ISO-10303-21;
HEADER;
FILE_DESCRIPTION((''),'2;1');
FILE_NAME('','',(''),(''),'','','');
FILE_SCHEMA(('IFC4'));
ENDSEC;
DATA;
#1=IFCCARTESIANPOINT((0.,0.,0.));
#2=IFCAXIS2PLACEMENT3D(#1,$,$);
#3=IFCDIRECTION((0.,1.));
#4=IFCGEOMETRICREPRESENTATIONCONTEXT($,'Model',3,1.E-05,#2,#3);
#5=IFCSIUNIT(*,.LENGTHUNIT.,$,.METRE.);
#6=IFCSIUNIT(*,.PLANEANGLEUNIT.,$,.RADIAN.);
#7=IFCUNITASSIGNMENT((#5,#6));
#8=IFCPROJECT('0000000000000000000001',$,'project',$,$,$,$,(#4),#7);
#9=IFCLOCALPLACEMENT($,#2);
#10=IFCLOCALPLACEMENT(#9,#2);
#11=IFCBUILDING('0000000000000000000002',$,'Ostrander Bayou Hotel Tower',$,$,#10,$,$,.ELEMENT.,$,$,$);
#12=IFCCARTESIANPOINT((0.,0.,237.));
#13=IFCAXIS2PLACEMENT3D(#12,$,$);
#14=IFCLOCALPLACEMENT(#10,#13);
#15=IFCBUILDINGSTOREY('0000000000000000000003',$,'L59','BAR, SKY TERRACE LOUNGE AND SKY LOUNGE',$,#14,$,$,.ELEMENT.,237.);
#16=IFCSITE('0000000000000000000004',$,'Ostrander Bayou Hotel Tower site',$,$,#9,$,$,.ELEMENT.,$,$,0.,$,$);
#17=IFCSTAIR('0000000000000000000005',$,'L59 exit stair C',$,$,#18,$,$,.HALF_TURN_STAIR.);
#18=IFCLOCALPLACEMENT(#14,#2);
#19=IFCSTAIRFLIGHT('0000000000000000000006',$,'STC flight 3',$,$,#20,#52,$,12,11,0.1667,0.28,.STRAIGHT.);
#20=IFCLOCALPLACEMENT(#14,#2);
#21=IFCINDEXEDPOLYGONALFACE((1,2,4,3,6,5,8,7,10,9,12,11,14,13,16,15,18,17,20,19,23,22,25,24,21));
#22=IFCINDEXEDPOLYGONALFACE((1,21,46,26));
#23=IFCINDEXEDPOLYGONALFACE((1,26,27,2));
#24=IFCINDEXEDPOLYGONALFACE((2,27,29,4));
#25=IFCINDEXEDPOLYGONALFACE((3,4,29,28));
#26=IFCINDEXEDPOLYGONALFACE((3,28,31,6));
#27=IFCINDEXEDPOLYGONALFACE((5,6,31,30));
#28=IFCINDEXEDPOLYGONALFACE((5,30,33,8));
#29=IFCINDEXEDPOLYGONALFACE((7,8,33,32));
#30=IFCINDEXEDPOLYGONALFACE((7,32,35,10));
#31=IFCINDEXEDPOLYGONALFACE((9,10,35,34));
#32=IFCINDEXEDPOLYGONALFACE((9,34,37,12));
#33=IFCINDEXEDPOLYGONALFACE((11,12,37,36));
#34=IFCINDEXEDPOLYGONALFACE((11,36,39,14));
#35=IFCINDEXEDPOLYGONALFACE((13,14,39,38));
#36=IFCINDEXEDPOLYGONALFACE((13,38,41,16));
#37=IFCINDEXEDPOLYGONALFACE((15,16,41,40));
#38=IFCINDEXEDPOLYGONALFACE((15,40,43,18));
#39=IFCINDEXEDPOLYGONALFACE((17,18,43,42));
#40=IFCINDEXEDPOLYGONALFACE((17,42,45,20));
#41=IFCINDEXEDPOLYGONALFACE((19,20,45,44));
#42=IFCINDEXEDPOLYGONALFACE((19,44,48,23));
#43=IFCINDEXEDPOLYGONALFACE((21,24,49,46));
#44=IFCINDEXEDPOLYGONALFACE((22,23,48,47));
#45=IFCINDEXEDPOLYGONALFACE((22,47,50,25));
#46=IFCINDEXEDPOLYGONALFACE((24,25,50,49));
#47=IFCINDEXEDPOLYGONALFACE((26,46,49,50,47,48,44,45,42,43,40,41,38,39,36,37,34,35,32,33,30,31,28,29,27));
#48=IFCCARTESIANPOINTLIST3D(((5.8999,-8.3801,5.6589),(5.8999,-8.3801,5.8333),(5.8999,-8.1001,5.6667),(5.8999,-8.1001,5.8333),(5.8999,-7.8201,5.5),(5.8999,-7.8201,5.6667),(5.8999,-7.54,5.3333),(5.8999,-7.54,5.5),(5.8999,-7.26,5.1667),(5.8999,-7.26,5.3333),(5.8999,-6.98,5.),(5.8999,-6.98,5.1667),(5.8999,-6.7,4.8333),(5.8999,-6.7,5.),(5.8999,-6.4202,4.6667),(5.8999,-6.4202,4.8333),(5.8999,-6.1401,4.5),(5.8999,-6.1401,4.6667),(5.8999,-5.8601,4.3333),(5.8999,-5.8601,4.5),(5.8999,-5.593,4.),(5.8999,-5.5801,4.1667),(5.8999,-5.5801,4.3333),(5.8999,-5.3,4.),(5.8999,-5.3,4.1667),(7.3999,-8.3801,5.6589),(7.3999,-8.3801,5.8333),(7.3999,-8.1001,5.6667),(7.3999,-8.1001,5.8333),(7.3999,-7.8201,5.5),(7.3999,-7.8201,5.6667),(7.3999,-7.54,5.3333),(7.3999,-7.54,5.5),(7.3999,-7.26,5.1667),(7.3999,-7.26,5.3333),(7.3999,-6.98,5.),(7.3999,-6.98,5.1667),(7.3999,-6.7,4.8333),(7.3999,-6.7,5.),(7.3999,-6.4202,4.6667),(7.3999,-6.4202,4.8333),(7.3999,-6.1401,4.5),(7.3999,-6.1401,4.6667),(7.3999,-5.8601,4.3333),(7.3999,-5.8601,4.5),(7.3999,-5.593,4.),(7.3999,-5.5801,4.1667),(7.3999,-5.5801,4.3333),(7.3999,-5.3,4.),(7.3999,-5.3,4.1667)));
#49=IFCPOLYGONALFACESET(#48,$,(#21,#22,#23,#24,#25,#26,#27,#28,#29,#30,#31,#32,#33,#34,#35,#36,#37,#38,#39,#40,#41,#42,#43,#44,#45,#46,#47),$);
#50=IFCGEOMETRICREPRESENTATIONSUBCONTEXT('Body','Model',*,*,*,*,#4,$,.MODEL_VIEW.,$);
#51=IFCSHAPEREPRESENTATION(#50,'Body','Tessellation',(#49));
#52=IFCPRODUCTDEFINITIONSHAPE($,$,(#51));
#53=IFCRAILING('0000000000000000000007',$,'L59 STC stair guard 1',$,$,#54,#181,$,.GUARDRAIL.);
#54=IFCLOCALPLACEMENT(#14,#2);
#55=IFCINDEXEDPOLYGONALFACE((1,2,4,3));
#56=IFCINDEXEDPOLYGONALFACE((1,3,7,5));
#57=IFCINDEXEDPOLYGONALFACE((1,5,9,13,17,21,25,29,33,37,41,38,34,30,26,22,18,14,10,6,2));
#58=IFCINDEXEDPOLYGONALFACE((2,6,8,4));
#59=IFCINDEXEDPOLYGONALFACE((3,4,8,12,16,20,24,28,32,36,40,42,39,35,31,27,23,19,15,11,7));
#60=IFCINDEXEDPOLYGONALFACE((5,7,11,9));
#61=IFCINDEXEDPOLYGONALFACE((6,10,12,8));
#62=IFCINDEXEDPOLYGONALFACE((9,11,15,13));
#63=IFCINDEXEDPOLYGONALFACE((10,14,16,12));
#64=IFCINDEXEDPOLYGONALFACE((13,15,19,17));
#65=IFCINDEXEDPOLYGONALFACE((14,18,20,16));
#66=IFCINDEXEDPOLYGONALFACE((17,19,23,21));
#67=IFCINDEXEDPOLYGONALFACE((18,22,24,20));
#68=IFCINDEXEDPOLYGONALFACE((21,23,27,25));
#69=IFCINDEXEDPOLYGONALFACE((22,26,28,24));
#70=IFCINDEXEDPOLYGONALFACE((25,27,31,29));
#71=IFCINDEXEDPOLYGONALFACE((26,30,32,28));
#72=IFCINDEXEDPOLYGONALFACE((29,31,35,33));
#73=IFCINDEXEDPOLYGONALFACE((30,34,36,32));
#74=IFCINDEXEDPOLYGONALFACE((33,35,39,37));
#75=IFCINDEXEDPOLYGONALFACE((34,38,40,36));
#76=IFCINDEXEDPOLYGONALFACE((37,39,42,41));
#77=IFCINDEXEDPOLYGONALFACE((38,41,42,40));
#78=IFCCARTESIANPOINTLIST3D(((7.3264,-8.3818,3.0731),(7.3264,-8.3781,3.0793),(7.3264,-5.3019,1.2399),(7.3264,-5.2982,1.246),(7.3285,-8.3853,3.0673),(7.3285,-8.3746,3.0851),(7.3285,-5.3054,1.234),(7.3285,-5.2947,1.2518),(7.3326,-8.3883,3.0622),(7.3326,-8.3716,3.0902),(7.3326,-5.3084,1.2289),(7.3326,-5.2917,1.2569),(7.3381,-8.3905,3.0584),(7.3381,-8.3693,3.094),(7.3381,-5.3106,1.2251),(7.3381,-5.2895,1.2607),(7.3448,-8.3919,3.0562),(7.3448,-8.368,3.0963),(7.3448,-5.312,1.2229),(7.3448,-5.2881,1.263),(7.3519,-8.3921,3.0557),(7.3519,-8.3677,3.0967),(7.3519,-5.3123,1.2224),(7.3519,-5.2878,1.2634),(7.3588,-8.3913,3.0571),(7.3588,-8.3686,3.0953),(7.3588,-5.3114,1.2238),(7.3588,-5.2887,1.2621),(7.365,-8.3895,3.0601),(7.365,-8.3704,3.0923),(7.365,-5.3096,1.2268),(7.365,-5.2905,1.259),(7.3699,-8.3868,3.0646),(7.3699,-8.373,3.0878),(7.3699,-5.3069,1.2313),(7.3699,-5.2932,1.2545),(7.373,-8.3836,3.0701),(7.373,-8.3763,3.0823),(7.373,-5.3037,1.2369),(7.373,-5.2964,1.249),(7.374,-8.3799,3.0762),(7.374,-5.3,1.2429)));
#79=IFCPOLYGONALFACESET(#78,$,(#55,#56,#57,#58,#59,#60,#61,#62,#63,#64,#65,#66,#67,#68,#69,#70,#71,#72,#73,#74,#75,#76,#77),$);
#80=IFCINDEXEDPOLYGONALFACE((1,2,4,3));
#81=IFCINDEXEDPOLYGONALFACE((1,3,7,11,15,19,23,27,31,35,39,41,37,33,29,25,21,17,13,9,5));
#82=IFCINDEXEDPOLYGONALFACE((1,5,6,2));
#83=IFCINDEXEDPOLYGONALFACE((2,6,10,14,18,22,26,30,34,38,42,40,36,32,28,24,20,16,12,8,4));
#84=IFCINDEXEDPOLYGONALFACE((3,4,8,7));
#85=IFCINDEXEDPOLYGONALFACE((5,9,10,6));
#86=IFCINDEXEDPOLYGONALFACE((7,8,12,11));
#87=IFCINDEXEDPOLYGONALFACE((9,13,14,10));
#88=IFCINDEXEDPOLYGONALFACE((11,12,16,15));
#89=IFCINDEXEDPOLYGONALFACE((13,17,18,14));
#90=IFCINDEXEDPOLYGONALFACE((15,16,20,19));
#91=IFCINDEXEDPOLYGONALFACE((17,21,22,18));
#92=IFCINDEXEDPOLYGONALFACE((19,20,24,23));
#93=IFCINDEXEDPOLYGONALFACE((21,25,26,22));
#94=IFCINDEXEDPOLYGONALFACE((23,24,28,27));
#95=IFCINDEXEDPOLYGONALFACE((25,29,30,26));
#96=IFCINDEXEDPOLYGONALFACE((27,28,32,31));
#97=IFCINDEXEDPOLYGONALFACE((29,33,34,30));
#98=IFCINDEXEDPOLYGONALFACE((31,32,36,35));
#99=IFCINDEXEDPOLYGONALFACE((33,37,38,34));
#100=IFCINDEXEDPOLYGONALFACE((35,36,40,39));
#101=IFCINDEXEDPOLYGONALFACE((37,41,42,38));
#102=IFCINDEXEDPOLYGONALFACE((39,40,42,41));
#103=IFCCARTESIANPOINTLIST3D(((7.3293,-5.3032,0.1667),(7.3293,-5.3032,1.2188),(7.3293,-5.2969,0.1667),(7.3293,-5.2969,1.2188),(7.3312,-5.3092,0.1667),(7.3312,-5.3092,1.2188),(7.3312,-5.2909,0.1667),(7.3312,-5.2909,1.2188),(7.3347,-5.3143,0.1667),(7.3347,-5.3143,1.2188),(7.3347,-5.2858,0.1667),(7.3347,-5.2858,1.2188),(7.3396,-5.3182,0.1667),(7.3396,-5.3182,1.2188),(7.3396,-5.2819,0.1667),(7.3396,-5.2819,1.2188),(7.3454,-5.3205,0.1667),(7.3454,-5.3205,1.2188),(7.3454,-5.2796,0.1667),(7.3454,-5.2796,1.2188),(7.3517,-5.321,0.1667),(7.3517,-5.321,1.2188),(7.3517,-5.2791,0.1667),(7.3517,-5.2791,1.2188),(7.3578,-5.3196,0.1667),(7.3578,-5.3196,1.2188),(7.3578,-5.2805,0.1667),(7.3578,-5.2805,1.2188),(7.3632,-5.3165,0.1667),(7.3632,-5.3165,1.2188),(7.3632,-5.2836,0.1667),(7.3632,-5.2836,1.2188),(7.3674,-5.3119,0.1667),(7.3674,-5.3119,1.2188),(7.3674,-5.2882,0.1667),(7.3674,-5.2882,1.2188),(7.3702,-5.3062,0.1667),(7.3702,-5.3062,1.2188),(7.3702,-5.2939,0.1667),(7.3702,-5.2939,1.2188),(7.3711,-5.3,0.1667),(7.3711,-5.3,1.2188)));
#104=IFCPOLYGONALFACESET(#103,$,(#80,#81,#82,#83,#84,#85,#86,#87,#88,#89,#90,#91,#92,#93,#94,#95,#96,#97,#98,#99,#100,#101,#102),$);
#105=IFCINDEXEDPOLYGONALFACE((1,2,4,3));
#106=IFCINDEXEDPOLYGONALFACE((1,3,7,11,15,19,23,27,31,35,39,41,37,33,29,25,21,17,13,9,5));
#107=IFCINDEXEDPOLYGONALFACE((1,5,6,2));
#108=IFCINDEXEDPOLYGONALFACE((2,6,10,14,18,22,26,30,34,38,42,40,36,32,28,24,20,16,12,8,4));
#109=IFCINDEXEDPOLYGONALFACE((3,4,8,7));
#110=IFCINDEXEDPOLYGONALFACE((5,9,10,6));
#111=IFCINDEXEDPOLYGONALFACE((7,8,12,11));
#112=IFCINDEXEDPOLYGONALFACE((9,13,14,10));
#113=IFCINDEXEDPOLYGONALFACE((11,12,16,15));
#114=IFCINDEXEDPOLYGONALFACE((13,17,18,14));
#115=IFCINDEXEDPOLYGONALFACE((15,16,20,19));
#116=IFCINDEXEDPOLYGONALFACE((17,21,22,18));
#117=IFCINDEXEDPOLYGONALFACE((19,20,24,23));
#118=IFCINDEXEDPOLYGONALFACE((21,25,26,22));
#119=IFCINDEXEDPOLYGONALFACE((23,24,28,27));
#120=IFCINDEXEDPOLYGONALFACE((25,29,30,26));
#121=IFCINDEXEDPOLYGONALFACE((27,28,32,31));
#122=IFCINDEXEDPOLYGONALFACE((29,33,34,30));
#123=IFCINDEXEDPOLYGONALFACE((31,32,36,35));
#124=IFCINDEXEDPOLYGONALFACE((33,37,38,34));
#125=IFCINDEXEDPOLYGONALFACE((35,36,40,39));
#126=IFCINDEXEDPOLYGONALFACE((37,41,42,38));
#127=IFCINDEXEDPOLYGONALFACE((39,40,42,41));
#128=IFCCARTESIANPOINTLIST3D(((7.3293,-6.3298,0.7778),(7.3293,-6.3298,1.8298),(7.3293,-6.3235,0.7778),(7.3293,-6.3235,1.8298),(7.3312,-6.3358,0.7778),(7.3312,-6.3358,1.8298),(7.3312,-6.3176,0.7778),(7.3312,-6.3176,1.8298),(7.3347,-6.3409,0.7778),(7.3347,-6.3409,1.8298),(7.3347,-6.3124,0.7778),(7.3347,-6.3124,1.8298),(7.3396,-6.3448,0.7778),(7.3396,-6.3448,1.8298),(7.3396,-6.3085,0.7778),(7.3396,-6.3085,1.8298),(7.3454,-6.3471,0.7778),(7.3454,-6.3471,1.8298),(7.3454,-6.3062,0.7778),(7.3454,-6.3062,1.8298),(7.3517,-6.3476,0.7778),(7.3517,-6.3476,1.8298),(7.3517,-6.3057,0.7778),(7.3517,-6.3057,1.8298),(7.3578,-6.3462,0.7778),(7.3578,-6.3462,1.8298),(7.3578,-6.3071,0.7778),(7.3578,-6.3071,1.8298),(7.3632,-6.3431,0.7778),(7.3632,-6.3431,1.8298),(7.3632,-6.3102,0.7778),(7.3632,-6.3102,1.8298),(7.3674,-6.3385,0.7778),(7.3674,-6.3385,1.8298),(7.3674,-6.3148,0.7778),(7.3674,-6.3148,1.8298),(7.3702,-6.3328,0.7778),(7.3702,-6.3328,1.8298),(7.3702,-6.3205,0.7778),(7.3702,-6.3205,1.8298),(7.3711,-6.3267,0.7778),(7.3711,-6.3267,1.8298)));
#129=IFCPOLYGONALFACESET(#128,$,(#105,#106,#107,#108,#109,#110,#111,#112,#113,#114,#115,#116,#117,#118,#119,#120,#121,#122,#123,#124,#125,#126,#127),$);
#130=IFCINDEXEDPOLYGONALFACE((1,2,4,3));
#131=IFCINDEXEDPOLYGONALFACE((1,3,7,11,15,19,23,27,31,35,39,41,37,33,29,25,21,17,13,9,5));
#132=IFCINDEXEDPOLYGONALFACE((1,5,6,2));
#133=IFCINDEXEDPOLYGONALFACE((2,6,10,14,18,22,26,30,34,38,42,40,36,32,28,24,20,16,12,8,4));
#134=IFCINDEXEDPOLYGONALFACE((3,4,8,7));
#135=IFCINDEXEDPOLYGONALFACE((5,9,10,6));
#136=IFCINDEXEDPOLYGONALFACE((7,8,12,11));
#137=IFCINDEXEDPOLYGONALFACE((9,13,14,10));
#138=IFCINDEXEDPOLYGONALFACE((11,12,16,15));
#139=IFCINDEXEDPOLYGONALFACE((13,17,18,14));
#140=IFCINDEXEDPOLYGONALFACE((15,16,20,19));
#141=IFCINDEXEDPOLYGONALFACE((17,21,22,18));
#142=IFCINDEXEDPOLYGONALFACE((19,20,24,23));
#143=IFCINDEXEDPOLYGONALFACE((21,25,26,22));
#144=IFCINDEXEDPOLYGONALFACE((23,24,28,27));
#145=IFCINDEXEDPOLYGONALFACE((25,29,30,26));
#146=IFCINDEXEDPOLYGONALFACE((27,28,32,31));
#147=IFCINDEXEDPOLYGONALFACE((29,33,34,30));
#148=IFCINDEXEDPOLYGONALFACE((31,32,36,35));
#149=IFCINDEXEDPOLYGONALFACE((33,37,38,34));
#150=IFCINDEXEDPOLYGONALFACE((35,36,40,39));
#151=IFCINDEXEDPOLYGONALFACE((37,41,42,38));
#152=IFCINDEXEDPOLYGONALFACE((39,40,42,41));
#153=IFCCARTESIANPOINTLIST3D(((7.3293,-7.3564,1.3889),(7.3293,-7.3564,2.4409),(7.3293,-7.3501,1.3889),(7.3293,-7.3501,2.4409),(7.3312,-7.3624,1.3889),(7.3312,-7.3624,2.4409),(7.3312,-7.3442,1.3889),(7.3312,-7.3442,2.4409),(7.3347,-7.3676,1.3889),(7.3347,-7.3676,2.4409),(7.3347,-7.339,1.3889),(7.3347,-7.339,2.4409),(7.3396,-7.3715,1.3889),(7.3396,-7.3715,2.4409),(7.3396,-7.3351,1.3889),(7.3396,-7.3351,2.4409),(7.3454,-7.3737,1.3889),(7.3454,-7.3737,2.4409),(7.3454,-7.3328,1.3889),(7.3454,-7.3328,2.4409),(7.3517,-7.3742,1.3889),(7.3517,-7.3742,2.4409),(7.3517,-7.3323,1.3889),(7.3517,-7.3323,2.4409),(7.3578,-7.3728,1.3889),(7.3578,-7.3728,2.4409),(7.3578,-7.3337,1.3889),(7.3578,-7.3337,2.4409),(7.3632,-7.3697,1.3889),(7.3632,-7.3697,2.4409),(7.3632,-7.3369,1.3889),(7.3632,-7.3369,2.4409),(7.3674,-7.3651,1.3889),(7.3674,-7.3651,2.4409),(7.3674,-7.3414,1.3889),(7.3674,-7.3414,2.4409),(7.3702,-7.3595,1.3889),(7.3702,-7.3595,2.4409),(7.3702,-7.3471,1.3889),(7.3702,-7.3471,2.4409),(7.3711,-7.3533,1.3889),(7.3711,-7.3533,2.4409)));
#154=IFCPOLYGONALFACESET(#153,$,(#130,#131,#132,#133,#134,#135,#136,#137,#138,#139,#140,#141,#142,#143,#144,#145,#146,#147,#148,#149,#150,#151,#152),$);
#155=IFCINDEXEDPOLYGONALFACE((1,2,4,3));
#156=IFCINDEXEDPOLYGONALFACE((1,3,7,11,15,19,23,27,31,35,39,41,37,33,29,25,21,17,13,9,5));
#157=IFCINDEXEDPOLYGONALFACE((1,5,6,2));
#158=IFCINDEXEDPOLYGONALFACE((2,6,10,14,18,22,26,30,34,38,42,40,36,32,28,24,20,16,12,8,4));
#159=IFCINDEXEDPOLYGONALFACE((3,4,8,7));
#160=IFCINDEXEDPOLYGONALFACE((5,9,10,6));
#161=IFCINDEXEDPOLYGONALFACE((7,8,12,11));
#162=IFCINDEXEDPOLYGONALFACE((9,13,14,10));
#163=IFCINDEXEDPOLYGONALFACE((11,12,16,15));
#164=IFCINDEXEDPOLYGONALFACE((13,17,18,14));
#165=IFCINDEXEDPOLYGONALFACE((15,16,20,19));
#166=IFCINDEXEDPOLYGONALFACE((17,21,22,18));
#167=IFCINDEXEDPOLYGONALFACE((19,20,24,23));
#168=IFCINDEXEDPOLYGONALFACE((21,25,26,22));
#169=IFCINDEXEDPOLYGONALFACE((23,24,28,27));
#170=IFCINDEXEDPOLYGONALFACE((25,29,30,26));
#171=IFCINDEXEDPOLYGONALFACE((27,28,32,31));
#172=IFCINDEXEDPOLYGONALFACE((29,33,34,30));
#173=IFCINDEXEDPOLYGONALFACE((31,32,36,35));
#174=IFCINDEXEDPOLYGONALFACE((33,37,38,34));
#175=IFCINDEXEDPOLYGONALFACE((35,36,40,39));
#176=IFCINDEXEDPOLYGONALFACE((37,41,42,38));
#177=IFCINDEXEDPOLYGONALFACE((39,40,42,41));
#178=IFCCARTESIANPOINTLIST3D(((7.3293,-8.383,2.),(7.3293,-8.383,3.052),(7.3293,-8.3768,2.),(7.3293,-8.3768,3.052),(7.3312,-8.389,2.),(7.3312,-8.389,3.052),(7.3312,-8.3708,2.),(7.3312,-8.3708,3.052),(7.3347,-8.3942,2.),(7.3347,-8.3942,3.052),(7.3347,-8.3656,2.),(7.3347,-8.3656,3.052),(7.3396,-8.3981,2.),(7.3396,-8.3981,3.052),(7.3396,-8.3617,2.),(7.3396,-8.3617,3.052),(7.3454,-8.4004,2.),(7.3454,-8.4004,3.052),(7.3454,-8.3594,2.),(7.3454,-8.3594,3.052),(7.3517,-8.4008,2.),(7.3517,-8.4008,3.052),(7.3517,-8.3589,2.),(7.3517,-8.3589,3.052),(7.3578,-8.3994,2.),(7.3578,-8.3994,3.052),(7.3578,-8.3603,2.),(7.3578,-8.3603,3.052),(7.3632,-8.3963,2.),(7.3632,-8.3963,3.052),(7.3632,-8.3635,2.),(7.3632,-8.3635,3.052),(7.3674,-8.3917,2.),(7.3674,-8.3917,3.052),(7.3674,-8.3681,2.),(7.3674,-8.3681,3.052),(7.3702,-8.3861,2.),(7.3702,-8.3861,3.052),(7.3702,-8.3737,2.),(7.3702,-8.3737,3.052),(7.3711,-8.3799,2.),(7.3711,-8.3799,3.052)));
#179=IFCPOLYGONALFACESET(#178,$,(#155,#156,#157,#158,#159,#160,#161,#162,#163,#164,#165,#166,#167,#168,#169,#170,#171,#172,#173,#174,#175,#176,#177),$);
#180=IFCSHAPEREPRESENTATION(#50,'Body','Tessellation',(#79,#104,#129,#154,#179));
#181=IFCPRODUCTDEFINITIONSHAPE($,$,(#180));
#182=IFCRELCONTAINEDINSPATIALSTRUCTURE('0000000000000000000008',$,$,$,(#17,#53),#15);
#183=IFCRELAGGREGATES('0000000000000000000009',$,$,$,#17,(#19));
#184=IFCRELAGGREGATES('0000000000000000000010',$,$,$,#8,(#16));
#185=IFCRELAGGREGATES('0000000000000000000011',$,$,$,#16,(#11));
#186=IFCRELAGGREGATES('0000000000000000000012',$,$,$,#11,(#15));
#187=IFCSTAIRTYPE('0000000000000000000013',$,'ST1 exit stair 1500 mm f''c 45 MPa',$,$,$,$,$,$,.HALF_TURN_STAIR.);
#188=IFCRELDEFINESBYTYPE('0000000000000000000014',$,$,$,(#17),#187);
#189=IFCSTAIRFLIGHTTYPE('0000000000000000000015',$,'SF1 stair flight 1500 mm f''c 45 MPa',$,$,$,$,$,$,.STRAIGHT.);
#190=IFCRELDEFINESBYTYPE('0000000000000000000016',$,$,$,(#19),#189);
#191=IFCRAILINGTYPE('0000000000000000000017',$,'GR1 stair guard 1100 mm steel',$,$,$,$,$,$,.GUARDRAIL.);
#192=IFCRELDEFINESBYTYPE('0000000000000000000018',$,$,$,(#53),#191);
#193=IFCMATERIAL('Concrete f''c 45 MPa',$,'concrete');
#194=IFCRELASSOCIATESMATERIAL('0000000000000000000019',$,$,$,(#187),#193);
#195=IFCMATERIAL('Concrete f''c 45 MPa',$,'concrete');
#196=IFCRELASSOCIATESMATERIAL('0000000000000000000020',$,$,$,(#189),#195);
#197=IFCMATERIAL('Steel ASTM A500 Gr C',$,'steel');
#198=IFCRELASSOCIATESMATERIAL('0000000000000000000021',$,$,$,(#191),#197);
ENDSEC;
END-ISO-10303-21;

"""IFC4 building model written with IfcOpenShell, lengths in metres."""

from ifc_helpers import new_model, si_unit, direction, frame, origin, origin_2d, place, context, subcontext, project, spatial, polyline, circle, outline, extrude, material, type_object, element, aggregate, save


model = new_model("IFC4")

# Units and contexts
model_context = context("Model", 3, precision=1e-05, world=origin(), true_north=direction((0.0, 1.0)))
body_context = subcontext(model_context, "Body", "Model", "MODEL_VIEW")
ifc_project = project(units=[si_unit("LENGTHUNIT", "METRE"), si_unit("PLANEANGLEUNIT", "RADIAN")], contexts=[model_context])

# Site, building, storey
site_placement = place(None, origin())
site = spatial("IfcSite", under=ifc_project, at=site_placement, Name="Ostrander Bayou Hotel Tower site", CompositionType="ELEMENT", RefElevation=0.0)
building_placement = place(site_placement, origin())
building = spatial("IfcBuilding", under=site, at=building_placement, Name="Ostrander Bayou Hotel Tower", CompositionType="ELEMENT")
storey_placement = place(building_placement, frame((0.0, 0.0, 237.0)))
storey = spatial("IfcBuildingStorey", under=building, at=storey_placement, Name="L59", Description="BAR, SKY TERRACE LOUNGE AND SKY LOUNGE", CompositionType="ELEMENT", Elevation=237.0)

# Stair
ifc_material_1 = material(Name="Concrete f'c 45 MPa", Category="concrete")
stair_type = type_object("IfcStairType", Name="ST1 exit stair 1500 mm f'c 45 MPa", PredefinedType="HALF_TURN_STAIR", material=ifc_material_1)
stair_placement = place(storey_placement, origin())
stair = element("IfcStair", 1, at=stair_placement, inside=storey, type_object=stair_type, Name="L59 exit stair C", PredefinedType="HALF_TURN_STAIR")

# Stair flight
ifc_material_2 = material(Name="Concrete f'c 45 MPa", Category="concrete")
stair_flight_type = type_object("IfcStairFlightType", Name="SF1 stair flight 1500 mm f'c 45 MPa", PredefinedType="STRAIGHT", material=ifc_material_2)
stair_flight_1_placement = place(storey_placement, frame((6.6499, -5.3, 4.0), z_axis=(0.0, 0.0, 1.0), x_axis=(0.0, -1.0, 0.0)))
stair_flight_1 = element("IfcStairFlight", 2, at=stair_flight_1_placement, type_object=stair_flight_type, Name="STC flight 3", NumberOfRisers=12, NumberOfTreads=11, PredefinedType="STRAIGHT", RiserHeight=0.1667, TreadLength=0.28, context=body_context, shape_type="SweptSolid", body=[
    extrude(outline(polyline([(0.0, 0.0), (0.0, 0.1667), (0.28, 0.1667), (0.28, 0.3333), (0.5601, 0.3333), (0.5601, 0.5), (0.8401, 0.5), (0.8401, 0.6667), (1.1201, 0.6667), (1.1201, 0.8333), (1.3999, 0.8333), (1.3999, 1.0), (1.6799, 1.0), (1.6799, 1.1667), (1.96, 1.1667), (1.96, 1.3333), (2.24, 1.3333), (2.24, 1.5), (2.52, 1.5), (2.52, 1.6667), (2.8, 1.6667), (2.8, 1.8333), (3.0801, 1.8333), (3.0801, 2.0), (3.0801, 1.6589), (0.293, 0.0), (0.0, 0.0)])), frame((0.0, 0.75, 0.0), z_axis=(0.0, -1.0, 0.0), x_axis=(1.0, 0.0, 0.0)), (0.0, 0.0, 1.0), 1.5),
])
aggregate(stair, [stair_flight_1])

# Railing
ifc_material_3 = material(Name="Steel ASTM A500 Gr C", Category="steel")
railing_type_1 = type_object("IfcRailingType", Name="GR1 stair guard 1100 mm steel", PredefinedType="GUARDRAIL", material=ifc_material_3)
railing_1_placement = place(storey_placement, frame((7.3501, -5.3, 0.1667)))
element("IfcRailing", 3, at=railing_1_placement, inside=storey, type_object=railing_type_1, Name="L59 STC stair guard 1", PredefinedType="GUARDRAIL", context=body_context, shape_type="SweptSolid", body=[
    extrude(circle(Radius=0.0239, at=origin_2d()), frame((0.0, 0.0, 1.0762), z_axis=(0.0, -0.859291, 0.511487), x_axis=(1.0, 0.0, 0.0)), (0.0, 0.0, 1.0), 3.5842),
    extrude(circle(Radius=0.021, at=origin_2d()), origin(), (0.0, 0.0, 1.0), 1.052),
    extrude(circle(Radius=0.021, at=origin_2d()), frame((0.0, -1.0266, 0.6111)), (0.0, 0.0, 1.0), 1.052),
    extrude(circle(Radius=0.021, at=origin_2d()), frame((0.0, -2.0532, 1.2222)), (0.0, 0.0, 1.0), 1.052),
    extrude(circle(Radius=0.021, at=origin_2d()), frame((0.0, -3.0798, 1.8333)), (0.0, 0.0, 1.0), 1.052),
])

save(model, "model.ifc")
